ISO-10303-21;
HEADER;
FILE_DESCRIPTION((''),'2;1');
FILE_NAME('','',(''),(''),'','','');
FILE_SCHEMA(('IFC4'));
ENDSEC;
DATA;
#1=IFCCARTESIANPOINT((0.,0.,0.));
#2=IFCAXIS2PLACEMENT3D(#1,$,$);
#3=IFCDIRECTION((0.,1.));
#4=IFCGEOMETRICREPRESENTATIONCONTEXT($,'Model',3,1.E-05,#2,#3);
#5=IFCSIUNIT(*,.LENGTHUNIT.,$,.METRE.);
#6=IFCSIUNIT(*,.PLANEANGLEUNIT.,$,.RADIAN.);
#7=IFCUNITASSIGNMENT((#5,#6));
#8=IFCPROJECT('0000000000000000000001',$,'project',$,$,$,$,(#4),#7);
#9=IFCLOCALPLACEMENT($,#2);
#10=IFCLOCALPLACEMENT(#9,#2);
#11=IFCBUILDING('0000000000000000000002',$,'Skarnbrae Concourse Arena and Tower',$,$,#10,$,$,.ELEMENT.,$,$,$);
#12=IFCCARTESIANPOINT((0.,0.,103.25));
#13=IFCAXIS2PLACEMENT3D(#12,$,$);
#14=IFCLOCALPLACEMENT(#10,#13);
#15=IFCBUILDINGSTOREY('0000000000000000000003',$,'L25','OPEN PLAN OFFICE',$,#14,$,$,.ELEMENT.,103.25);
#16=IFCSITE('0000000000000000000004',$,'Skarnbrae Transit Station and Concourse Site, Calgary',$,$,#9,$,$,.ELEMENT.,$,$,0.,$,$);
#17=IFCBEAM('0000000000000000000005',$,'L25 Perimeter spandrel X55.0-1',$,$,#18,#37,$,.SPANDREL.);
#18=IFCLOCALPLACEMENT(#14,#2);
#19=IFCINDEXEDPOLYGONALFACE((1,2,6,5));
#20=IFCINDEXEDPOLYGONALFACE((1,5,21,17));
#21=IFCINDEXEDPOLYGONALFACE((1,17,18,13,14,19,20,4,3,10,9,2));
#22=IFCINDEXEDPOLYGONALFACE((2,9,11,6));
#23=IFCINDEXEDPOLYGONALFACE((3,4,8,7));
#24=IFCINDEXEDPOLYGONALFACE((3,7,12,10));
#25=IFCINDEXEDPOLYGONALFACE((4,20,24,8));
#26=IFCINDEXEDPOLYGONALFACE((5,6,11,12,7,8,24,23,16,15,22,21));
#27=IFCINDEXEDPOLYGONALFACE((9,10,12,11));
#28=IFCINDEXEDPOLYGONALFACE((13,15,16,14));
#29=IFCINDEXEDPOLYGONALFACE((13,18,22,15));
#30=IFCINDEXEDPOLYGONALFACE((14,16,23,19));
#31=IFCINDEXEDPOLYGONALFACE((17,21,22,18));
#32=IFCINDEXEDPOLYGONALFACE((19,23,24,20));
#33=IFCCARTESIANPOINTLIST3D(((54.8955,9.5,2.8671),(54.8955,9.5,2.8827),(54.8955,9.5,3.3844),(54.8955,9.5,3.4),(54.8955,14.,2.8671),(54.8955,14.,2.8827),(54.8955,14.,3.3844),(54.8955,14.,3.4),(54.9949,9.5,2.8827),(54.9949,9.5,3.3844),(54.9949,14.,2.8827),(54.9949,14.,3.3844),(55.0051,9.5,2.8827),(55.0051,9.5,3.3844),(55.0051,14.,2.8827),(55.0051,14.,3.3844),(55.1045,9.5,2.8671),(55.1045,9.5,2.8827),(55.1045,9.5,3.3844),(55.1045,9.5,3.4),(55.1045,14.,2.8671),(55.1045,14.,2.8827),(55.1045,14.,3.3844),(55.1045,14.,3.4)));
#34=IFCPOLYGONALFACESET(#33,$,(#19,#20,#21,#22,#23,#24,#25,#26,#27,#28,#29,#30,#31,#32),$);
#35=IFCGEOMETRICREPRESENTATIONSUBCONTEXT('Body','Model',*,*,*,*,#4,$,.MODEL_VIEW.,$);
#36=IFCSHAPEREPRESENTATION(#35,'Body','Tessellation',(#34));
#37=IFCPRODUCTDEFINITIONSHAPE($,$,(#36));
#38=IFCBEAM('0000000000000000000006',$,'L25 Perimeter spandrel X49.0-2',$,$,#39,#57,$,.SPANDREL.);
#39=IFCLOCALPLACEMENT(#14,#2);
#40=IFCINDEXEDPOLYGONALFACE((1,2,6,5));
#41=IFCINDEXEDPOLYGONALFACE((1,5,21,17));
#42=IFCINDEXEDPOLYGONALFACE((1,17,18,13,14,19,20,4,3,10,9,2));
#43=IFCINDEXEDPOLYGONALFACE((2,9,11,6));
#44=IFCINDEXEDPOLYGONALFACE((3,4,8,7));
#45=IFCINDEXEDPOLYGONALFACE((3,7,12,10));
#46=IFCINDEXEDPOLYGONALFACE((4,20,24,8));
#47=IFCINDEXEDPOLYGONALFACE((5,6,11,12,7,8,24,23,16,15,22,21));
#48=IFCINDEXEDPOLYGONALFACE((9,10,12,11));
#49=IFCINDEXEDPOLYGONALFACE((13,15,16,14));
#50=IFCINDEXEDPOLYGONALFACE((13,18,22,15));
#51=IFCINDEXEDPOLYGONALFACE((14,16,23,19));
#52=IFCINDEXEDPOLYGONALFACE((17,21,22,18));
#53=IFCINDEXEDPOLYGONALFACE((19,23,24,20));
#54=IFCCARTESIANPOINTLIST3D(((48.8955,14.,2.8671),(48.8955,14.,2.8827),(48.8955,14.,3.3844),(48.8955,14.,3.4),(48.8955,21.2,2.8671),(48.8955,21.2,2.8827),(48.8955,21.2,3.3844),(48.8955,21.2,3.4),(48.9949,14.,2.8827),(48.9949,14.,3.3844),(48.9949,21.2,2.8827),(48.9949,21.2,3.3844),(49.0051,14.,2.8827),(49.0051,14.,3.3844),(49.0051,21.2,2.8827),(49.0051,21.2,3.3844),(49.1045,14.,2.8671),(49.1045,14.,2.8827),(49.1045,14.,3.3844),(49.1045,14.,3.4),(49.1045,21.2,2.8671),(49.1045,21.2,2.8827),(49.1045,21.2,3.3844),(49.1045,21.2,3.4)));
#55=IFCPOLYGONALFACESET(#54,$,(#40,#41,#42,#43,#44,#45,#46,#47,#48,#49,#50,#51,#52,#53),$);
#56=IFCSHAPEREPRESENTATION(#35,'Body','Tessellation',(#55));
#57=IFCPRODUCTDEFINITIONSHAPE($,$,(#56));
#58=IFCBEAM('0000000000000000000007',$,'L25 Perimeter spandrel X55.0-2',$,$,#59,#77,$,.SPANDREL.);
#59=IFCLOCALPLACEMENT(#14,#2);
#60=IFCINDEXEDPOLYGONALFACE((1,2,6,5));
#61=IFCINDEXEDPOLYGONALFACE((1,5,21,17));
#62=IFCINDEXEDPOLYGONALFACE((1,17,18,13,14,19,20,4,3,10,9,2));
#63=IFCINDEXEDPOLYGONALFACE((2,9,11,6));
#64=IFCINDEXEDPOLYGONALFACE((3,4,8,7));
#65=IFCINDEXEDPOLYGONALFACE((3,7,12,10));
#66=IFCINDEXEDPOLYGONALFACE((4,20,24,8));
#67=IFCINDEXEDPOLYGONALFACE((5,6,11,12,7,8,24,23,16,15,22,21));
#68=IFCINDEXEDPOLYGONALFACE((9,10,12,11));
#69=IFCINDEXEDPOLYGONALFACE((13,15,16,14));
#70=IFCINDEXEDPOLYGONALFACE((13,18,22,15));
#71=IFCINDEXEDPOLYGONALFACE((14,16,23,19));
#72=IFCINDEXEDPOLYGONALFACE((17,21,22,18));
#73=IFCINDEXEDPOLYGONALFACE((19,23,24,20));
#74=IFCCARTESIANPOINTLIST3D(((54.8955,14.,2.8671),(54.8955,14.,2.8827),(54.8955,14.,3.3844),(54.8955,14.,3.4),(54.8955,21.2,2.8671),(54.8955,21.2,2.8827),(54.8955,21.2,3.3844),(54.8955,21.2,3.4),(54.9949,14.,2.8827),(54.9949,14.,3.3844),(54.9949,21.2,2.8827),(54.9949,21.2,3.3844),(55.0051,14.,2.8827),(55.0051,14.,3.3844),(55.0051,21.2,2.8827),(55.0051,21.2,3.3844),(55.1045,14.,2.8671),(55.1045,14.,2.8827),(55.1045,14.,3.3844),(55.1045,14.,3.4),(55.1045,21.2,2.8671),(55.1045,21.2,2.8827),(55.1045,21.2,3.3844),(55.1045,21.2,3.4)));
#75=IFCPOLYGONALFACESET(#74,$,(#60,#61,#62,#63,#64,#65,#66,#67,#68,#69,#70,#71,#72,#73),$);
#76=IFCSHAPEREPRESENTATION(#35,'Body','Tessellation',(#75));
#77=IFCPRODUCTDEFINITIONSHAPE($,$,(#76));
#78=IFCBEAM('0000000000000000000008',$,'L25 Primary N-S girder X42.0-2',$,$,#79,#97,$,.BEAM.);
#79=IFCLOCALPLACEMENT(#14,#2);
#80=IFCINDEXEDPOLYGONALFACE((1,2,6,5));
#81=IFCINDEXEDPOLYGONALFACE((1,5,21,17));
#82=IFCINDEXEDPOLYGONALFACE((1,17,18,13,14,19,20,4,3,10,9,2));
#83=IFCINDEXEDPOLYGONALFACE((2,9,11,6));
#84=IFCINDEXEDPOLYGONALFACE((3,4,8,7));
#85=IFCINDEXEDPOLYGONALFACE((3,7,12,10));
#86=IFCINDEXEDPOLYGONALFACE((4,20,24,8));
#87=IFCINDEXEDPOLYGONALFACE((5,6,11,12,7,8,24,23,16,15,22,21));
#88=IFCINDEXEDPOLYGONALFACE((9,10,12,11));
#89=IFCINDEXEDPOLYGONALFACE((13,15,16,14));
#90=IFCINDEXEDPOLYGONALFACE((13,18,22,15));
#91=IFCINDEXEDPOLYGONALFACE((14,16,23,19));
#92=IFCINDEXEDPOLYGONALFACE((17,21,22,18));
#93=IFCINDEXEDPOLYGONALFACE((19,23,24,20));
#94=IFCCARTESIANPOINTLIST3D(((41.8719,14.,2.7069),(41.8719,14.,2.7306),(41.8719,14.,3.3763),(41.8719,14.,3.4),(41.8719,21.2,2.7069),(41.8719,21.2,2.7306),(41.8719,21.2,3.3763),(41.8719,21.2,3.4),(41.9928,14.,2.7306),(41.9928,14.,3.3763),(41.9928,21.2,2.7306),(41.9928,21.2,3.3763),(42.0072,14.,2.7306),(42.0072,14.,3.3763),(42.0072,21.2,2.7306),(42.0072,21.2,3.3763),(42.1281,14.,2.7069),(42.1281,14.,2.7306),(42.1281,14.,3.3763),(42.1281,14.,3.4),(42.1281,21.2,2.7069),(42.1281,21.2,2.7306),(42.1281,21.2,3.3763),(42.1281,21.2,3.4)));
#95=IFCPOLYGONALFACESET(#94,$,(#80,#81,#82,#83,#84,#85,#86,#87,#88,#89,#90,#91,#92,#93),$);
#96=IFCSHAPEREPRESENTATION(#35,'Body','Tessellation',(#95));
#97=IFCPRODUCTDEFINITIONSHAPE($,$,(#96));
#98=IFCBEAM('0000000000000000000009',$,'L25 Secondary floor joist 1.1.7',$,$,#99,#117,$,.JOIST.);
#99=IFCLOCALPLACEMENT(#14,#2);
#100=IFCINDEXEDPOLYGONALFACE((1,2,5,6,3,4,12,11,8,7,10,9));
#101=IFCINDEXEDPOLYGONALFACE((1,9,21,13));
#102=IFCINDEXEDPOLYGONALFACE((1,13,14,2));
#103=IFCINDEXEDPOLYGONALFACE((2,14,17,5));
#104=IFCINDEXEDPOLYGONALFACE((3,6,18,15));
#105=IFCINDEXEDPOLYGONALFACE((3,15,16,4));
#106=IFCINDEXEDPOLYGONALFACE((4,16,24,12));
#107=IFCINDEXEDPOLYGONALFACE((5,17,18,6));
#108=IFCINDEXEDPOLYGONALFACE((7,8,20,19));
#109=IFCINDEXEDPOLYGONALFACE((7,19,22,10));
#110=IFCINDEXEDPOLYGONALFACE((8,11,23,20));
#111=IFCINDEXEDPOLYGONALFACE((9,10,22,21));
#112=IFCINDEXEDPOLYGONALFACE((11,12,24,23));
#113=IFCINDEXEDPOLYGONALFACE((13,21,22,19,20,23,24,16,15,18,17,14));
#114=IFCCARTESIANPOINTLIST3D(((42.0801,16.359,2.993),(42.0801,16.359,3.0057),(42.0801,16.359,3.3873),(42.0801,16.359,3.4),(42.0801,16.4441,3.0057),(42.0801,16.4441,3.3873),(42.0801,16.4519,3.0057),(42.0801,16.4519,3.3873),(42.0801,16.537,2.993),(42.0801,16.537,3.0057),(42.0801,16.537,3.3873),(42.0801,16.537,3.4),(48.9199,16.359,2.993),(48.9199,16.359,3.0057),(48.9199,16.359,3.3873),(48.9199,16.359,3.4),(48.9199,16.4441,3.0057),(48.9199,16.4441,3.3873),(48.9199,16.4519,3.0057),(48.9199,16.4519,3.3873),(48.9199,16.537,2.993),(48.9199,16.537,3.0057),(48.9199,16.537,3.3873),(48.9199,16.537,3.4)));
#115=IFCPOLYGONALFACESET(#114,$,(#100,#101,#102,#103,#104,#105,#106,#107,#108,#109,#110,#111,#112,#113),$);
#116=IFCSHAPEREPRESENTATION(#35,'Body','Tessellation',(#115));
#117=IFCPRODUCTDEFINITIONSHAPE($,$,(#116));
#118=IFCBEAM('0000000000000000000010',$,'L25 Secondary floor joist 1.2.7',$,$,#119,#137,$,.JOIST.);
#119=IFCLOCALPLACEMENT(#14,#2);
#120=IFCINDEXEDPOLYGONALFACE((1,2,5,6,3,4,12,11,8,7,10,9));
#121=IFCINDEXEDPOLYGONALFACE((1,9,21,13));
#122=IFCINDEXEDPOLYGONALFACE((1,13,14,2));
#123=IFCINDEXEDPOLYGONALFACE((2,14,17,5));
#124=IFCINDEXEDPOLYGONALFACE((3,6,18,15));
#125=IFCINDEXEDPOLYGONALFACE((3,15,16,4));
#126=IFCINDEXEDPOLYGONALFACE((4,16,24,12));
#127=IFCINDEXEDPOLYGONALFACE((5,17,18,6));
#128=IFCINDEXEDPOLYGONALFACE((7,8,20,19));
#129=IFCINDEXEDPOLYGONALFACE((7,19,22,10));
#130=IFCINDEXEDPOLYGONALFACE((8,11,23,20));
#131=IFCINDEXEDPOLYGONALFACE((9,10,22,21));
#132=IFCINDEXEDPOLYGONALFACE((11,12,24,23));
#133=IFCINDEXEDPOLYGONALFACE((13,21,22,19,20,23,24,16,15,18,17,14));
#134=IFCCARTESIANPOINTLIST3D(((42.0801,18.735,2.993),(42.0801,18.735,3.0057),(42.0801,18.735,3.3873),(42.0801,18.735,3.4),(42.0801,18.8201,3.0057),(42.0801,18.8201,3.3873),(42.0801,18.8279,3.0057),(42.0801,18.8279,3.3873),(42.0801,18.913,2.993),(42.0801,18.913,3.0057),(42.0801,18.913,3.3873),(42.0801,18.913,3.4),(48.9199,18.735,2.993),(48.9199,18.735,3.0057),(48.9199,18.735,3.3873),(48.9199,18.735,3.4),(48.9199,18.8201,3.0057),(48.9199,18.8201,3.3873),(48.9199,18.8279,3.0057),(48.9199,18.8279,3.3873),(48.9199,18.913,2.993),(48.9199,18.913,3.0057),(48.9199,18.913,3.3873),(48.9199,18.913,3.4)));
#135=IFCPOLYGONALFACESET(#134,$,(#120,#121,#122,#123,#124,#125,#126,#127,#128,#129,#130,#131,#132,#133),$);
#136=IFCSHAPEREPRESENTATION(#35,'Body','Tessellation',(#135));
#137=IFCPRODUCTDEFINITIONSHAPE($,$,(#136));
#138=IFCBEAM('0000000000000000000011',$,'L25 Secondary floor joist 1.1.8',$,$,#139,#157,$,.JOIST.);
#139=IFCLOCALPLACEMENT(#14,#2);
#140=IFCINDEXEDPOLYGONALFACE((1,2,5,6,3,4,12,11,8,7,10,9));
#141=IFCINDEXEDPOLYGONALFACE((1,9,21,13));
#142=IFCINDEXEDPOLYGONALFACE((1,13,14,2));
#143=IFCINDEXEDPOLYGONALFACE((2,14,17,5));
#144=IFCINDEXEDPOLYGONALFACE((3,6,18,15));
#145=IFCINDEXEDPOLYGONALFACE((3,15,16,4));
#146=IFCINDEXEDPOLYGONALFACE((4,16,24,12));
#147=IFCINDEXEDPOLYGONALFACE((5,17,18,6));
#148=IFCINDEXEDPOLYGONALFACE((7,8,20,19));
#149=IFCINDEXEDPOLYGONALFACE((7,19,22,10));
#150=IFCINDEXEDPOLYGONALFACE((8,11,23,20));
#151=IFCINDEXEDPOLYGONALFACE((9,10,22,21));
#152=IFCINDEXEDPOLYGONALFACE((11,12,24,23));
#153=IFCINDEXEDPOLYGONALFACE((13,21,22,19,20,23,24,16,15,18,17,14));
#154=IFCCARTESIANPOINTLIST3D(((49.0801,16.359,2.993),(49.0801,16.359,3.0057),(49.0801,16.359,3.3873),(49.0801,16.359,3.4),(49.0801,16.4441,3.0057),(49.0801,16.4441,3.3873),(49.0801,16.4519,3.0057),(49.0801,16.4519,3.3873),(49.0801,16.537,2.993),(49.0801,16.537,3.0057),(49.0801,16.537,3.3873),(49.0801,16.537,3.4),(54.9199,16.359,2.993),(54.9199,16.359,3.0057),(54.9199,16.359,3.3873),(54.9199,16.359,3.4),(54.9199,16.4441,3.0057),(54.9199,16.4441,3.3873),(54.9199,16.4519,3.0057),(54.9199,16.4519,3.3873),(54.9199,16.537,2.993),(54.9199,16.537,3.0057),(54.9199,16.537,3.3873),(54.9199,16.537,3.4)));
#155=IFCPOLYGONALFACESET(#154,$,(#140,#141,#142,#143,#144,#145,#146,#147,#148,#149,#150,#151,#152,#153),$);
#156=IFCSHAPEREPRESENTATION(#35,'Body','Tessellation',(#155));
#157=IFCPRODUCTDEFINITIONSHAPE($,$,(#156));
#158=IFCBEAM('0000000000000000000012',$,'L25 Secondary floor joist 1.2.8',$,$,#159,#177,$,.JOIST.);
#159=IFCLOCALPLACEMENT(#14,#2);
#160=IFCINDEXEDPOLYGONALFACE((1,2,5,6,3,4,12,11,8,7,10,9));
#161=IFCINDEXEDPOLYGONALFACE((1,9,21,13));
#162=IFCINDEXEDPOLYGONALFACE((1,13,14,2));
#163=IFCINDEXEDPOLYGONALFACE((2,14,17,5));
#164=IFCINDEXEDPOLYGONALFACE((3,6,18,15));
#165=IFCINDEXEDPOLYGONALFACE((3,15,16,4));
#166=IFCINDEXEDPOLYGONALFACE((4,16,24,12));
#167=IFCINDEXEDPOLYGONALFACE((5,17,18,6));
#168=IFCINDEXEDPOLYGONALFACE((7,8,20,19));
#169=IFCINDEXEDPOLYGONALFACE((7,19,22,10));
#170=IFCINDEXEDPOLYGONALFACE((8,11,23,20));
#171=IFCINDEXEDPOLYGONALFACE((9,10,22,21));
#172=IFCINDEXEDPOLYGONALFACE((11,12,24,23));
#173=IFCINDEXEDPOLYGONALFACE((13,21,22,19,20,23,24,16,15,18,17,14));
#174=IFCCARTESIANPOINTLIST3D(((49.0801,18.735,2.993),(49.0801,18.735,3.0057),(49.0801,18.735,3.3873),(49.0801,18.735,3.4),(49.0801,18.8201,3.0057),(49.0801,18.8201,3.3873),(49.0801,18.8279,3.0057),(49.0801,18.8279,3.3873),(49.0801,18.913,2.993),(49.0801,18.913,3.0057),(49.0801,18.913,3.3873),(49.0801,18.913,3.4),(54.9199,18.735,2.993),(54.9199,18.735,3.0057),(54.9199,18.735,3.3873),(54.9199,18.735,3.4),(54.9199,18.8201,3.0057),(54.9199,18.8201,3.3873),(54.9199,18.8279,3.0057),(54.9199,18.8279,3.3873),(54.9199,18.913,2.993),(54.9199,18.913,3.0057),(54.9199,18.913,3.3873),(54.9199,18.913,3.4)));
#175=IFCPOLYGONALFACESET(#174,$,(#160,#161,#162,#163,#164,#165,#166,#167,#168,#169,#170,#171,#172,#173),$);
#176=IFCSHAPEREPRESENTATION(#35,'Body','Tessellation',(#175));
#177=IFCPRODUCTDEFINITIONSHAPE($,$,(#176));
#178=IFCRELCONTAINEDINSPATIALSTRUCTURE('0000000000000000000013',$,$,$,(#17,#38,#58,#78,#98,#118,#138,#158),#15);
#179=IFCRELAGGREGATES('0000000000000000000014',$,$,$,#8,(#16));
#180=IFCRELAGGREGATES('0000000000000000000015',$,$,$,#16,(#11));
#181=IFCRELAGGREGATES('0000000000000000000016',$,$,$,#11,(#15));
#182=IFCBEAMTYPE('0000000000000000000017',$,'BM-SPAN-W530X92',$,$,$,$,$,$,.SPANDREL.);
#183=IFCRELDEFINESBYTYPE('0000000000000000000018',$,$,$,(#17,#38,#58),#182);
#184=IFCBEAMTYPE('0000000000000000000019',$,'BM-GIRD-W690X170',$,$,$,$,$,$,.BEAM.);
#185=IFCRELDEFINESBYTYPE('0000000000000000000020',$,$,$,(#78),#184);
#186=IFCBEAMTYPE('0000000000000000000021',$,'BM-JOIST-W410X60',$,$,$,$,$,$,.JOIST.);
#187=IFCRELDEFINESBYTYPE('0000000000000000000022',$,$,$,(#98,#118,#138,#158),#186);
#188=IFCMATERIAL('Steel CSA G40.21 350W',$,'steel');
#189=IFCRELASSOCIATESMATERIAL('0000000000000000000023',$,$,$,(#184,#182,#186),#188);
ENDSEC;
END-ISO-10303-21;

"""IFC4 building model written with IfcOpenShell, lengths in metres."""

from ifc_helpers import new_model, si_unit, direction, frame, origin, origin_2d, place, context, subcontext, project, spatial, i_section, extrude, source, transform, mapped, material, material_profile, profile_set, type_object, element, save


model = new_model("IFC4")

# Units and contexts
model_context = context("Model", 3, precision=1e-05, world=origin(), true_north=direction((0.0, 1.0)))
body_context = subcontext(model_context, "Body", "Model", "MODEL_VIEW")
ifc_project = project(units=[si_unit("LENGTHUNIT", "METRE"), si_unit("PLANEANGLEUNIT", "RADIAN")], contexts=[model_context])

# Site, building, storey
site_placement = place(None, origin())
site = spatial("IfcSite", under=ifc_project, at=site_placement, Name="Skarnbrae Transit Station and Concourse Site, Calgary", CompositionType="ELEMENT", RefElevation=0.0)
building_placement = place(site_placement, origin())
building = spatial("IfcBuilding", under=site, at=building_placement, Name="Skarnbrae Concourse Arena and Tower", CompositionType="ELEMENT")
storey_placement = place(building_placement, frame((0.0, 0.0, 103.25)))
storey = spatial("IfcBuildingStorey", under=building, at=storey_placement, Name="L25", Description="OPEN PLAN OFFICE", CompositionType="ELEMENT", Elevation=103.25)

# Shared definitions
ifc_material_1 = material(Name="Steel CSA G40.21 350W", Category="steel")

# Beams
ifc_material_profile_1 = material_profile(ifc_material_1, i_section(OverallWidth=0.2561, OverallDepth=0.6931, WebThickness=0.0144, FlangeThickness=0.0237, at=origin_2d()), Name="W690X170")
ifc_profile_set_1 = profile_set([ifc_material_profile_1], Name="Steel CSA G40.21 350W")
beam_type_1 = type_object("IfcBeamType", Name="BM-GIRD-W690X170", PredefinedType="BEAM", material=ifc_profile_set_1)
ifc_material_profile_2 = material_profile(ifc_material_1, i_section(OverallWidth=0.209, OverallDepth=0.533, WebThickness=0.0103, FlangeThickness=0.0156, at=origin_2d()), Name="W530X92")
ifc_profile_set_2 = profile_set([ifc_material_profile_2], Name="Steel CSA G40.21 350W")
beam_type_2 = type_object("IfcBeamType", Name="BM-SPAN-W530X92", PredefinedType="SPANDREL", material=ifc_profile_set_2)
shared_shape_1 = source(origin(), body_context, "Body", "SweptSolid", [
    extrude(i_section(OverallWidth=0.209, OverallDepth=0.533, WebThickness=0.0103, FlangeThickness=0.0156, at=origin_2d()), origin(), (0.0, 0.0, 1.0), 4.5),
])
for number, where, z_axis, x_axis, name in (
    (1, (55.0, 9.5, 3.1335), (0.0, 1.0, 0.0), (-1.0, 0.0, 0.0), "L25 Perimeter spandrel X55.0-1"),
):
    element("IfcBeam", number, at=place(storey_placement, frame(where, z_axis=z_axis, x_axis=x_axis)), inside=storey, type_object=beam_type_2, Name=name, PredefinedType="SPANDREL", context=body_context, shape_type="MappedRepresentation", body=[
        mapped(shared_shape_1, transform((0.0, 0.0, 0.0))),
    ])
shared_shape_2 = source(origin(), body_context, "Body", "SweptSolid", [
    extrude(i_section(OverallWidth=0.209, OverallDepth=0.533, WebThickness=0.0103, FlangeThickness=0.0156, at=origin_2d()), origin(), (0.0, 0.0, 1.0), 7.2),
])
for number, where, z_axis, x_axis, name in (
    (2, (49.0, 14.0, 3.1335), (0.0, 1.0, 0.0), (-1.0, 0.0, 0.0), "L25 Perimeter spandrel X49.0-2"),
    (3, (55.0, 14.0, 3.1335), (0.0, 1.0, 0.0), (-1.0, 0.0, 0.0), "L25 Perimeter spandrel X55.0-2"),
):
    element("IfcBeam", number, at=place(storey_placement, frame(where, z_axis=z_axis, x_axis=x_axis)), inside=storey, type_object=beam_type_2, Name=name, PredefinedType="SPANDREL", context=body_context, shape_type="MappedRepresentation", body=[
        mapped(shared_shape_2, transform((0.0, 0.0, 0.0))),
    ])
shared_shape_3 = source(origin(), body_context, "Body", "SweptSolid", [
    extrude(i_section(OverallWidth=0.2561, OverallDepth=0.6931, WebThickness=0.0144, FlangeThickness=0.0237, at=origin_2d()), origin(), (0.0, 0.0, 1.0), 7.2),
])
beam_1_placement = place(storey_placement, frame((42.0, 14.0, 3.0535), z_axis=(0.0, 1.0, 0.0), x_axis=(-1.0, 0.0, 0.0)))
element("IfcBeam", 4, at=beam_1_placement, inside=storey, type_object=beam_type_1, Name="L25 Primary N-S girder X42.0-2", PredefinedType="BEAM", context=body_context, shape_type="MappedRepresentation", body=[
    mapped(shared_shape_3, transform((0.0, 0.0, 0.0))),
])
ifc_material_profile_3 = material_profile(ifc_material_1, i_section(OverallWidth=0.178, OverallDepth=0.407, WebThickness=0.0078, FlangeThickness=0.0127, at=origin_2d()), Name="W410X60")
ifc_profile_set_3 = profile_set([ifc_material_profile_3], Name="Steel CSA G40.21 350W")
beam_type_3 = type_object("IfcBeamType", Name="BM-JOIST-W410X60", PredefinedType="JOIST", material=ifc_profile_set_3)
shared_shape_4 = source(origin(), body_context, "Body", "SweptSolid", [
    extrude(i_section(OverallWidth=0.178, OverallDepth=0.407, WebThickness=0.0078, FlangeThickness=0.0127, at=origin_2d()), origin(), (0.0, 0.0, 1.0), 6.8398),
])
for number, where, z_axis, x_axis, name in (
    (5, (42.0801, 16.448, 3.1965), (1.0, 0.0, 0.0), (0.0, 1.0, 0.0), "L25 Secondary floor joist 1.1.7"),
    (6, (42.0801, 18.824, 3.1965), (1.0, 0.0, 0.0), (0.0, 1.0, 0.0), "L25 Secondary floor joist 1.2.7"),
):
    element("IfcBeam", number, at=place(storey_placement, frame(where, z_axis=z_axis, x_axis=x_axis)), inside=storey, type_object=beam_type_3, Name=name, PredefinedType="JOIST", context=body_context, shape_type="MappedRepresentation", body=[
        mapped(shared_shape_4, transform((0.0, 0.0, 0.0))),
    ])
shared_shape_5 = source(origin(), body_context, "Body", "SweptSolid", [
    extrude(i_section(OverallWidth=0.178, OverallDepth=0.407, WebThickness=0.0078, FlangeThickness=0.0127, at=origin_2d()), origin(), (0.0, 0.0, 1.0), 5.8398),
])
for number, where, z_axis, x_axis, name in (
    (7, (49.0801, 16.448, 3.1965), (1.0, 0.0, 0.0), (0.0, 1.0, 0.0), "L25 Secondary floor joist 1.1.8"),
    (8, (49.0801, 18.824, 3.1965), (1.0, 0.0, 0.0), (0.0, 1.0, 0.0), "L25 Secondary floor joist 1.2.8"),
):
    element("IfcBeam", number, at=place(storey_placement, frame(where, z_axis=z_axis, x_axis=x_axis)), inside=storey, type_object=beam_type_3, Name=name, PredefinedType="JOIST", context=body_context, shape_type="MappedRepresentation", body=[
        mapped(shared_shape_5, transform((0.0, 0.0, 0.0))),
    ])

save(model, "model.ifc")
